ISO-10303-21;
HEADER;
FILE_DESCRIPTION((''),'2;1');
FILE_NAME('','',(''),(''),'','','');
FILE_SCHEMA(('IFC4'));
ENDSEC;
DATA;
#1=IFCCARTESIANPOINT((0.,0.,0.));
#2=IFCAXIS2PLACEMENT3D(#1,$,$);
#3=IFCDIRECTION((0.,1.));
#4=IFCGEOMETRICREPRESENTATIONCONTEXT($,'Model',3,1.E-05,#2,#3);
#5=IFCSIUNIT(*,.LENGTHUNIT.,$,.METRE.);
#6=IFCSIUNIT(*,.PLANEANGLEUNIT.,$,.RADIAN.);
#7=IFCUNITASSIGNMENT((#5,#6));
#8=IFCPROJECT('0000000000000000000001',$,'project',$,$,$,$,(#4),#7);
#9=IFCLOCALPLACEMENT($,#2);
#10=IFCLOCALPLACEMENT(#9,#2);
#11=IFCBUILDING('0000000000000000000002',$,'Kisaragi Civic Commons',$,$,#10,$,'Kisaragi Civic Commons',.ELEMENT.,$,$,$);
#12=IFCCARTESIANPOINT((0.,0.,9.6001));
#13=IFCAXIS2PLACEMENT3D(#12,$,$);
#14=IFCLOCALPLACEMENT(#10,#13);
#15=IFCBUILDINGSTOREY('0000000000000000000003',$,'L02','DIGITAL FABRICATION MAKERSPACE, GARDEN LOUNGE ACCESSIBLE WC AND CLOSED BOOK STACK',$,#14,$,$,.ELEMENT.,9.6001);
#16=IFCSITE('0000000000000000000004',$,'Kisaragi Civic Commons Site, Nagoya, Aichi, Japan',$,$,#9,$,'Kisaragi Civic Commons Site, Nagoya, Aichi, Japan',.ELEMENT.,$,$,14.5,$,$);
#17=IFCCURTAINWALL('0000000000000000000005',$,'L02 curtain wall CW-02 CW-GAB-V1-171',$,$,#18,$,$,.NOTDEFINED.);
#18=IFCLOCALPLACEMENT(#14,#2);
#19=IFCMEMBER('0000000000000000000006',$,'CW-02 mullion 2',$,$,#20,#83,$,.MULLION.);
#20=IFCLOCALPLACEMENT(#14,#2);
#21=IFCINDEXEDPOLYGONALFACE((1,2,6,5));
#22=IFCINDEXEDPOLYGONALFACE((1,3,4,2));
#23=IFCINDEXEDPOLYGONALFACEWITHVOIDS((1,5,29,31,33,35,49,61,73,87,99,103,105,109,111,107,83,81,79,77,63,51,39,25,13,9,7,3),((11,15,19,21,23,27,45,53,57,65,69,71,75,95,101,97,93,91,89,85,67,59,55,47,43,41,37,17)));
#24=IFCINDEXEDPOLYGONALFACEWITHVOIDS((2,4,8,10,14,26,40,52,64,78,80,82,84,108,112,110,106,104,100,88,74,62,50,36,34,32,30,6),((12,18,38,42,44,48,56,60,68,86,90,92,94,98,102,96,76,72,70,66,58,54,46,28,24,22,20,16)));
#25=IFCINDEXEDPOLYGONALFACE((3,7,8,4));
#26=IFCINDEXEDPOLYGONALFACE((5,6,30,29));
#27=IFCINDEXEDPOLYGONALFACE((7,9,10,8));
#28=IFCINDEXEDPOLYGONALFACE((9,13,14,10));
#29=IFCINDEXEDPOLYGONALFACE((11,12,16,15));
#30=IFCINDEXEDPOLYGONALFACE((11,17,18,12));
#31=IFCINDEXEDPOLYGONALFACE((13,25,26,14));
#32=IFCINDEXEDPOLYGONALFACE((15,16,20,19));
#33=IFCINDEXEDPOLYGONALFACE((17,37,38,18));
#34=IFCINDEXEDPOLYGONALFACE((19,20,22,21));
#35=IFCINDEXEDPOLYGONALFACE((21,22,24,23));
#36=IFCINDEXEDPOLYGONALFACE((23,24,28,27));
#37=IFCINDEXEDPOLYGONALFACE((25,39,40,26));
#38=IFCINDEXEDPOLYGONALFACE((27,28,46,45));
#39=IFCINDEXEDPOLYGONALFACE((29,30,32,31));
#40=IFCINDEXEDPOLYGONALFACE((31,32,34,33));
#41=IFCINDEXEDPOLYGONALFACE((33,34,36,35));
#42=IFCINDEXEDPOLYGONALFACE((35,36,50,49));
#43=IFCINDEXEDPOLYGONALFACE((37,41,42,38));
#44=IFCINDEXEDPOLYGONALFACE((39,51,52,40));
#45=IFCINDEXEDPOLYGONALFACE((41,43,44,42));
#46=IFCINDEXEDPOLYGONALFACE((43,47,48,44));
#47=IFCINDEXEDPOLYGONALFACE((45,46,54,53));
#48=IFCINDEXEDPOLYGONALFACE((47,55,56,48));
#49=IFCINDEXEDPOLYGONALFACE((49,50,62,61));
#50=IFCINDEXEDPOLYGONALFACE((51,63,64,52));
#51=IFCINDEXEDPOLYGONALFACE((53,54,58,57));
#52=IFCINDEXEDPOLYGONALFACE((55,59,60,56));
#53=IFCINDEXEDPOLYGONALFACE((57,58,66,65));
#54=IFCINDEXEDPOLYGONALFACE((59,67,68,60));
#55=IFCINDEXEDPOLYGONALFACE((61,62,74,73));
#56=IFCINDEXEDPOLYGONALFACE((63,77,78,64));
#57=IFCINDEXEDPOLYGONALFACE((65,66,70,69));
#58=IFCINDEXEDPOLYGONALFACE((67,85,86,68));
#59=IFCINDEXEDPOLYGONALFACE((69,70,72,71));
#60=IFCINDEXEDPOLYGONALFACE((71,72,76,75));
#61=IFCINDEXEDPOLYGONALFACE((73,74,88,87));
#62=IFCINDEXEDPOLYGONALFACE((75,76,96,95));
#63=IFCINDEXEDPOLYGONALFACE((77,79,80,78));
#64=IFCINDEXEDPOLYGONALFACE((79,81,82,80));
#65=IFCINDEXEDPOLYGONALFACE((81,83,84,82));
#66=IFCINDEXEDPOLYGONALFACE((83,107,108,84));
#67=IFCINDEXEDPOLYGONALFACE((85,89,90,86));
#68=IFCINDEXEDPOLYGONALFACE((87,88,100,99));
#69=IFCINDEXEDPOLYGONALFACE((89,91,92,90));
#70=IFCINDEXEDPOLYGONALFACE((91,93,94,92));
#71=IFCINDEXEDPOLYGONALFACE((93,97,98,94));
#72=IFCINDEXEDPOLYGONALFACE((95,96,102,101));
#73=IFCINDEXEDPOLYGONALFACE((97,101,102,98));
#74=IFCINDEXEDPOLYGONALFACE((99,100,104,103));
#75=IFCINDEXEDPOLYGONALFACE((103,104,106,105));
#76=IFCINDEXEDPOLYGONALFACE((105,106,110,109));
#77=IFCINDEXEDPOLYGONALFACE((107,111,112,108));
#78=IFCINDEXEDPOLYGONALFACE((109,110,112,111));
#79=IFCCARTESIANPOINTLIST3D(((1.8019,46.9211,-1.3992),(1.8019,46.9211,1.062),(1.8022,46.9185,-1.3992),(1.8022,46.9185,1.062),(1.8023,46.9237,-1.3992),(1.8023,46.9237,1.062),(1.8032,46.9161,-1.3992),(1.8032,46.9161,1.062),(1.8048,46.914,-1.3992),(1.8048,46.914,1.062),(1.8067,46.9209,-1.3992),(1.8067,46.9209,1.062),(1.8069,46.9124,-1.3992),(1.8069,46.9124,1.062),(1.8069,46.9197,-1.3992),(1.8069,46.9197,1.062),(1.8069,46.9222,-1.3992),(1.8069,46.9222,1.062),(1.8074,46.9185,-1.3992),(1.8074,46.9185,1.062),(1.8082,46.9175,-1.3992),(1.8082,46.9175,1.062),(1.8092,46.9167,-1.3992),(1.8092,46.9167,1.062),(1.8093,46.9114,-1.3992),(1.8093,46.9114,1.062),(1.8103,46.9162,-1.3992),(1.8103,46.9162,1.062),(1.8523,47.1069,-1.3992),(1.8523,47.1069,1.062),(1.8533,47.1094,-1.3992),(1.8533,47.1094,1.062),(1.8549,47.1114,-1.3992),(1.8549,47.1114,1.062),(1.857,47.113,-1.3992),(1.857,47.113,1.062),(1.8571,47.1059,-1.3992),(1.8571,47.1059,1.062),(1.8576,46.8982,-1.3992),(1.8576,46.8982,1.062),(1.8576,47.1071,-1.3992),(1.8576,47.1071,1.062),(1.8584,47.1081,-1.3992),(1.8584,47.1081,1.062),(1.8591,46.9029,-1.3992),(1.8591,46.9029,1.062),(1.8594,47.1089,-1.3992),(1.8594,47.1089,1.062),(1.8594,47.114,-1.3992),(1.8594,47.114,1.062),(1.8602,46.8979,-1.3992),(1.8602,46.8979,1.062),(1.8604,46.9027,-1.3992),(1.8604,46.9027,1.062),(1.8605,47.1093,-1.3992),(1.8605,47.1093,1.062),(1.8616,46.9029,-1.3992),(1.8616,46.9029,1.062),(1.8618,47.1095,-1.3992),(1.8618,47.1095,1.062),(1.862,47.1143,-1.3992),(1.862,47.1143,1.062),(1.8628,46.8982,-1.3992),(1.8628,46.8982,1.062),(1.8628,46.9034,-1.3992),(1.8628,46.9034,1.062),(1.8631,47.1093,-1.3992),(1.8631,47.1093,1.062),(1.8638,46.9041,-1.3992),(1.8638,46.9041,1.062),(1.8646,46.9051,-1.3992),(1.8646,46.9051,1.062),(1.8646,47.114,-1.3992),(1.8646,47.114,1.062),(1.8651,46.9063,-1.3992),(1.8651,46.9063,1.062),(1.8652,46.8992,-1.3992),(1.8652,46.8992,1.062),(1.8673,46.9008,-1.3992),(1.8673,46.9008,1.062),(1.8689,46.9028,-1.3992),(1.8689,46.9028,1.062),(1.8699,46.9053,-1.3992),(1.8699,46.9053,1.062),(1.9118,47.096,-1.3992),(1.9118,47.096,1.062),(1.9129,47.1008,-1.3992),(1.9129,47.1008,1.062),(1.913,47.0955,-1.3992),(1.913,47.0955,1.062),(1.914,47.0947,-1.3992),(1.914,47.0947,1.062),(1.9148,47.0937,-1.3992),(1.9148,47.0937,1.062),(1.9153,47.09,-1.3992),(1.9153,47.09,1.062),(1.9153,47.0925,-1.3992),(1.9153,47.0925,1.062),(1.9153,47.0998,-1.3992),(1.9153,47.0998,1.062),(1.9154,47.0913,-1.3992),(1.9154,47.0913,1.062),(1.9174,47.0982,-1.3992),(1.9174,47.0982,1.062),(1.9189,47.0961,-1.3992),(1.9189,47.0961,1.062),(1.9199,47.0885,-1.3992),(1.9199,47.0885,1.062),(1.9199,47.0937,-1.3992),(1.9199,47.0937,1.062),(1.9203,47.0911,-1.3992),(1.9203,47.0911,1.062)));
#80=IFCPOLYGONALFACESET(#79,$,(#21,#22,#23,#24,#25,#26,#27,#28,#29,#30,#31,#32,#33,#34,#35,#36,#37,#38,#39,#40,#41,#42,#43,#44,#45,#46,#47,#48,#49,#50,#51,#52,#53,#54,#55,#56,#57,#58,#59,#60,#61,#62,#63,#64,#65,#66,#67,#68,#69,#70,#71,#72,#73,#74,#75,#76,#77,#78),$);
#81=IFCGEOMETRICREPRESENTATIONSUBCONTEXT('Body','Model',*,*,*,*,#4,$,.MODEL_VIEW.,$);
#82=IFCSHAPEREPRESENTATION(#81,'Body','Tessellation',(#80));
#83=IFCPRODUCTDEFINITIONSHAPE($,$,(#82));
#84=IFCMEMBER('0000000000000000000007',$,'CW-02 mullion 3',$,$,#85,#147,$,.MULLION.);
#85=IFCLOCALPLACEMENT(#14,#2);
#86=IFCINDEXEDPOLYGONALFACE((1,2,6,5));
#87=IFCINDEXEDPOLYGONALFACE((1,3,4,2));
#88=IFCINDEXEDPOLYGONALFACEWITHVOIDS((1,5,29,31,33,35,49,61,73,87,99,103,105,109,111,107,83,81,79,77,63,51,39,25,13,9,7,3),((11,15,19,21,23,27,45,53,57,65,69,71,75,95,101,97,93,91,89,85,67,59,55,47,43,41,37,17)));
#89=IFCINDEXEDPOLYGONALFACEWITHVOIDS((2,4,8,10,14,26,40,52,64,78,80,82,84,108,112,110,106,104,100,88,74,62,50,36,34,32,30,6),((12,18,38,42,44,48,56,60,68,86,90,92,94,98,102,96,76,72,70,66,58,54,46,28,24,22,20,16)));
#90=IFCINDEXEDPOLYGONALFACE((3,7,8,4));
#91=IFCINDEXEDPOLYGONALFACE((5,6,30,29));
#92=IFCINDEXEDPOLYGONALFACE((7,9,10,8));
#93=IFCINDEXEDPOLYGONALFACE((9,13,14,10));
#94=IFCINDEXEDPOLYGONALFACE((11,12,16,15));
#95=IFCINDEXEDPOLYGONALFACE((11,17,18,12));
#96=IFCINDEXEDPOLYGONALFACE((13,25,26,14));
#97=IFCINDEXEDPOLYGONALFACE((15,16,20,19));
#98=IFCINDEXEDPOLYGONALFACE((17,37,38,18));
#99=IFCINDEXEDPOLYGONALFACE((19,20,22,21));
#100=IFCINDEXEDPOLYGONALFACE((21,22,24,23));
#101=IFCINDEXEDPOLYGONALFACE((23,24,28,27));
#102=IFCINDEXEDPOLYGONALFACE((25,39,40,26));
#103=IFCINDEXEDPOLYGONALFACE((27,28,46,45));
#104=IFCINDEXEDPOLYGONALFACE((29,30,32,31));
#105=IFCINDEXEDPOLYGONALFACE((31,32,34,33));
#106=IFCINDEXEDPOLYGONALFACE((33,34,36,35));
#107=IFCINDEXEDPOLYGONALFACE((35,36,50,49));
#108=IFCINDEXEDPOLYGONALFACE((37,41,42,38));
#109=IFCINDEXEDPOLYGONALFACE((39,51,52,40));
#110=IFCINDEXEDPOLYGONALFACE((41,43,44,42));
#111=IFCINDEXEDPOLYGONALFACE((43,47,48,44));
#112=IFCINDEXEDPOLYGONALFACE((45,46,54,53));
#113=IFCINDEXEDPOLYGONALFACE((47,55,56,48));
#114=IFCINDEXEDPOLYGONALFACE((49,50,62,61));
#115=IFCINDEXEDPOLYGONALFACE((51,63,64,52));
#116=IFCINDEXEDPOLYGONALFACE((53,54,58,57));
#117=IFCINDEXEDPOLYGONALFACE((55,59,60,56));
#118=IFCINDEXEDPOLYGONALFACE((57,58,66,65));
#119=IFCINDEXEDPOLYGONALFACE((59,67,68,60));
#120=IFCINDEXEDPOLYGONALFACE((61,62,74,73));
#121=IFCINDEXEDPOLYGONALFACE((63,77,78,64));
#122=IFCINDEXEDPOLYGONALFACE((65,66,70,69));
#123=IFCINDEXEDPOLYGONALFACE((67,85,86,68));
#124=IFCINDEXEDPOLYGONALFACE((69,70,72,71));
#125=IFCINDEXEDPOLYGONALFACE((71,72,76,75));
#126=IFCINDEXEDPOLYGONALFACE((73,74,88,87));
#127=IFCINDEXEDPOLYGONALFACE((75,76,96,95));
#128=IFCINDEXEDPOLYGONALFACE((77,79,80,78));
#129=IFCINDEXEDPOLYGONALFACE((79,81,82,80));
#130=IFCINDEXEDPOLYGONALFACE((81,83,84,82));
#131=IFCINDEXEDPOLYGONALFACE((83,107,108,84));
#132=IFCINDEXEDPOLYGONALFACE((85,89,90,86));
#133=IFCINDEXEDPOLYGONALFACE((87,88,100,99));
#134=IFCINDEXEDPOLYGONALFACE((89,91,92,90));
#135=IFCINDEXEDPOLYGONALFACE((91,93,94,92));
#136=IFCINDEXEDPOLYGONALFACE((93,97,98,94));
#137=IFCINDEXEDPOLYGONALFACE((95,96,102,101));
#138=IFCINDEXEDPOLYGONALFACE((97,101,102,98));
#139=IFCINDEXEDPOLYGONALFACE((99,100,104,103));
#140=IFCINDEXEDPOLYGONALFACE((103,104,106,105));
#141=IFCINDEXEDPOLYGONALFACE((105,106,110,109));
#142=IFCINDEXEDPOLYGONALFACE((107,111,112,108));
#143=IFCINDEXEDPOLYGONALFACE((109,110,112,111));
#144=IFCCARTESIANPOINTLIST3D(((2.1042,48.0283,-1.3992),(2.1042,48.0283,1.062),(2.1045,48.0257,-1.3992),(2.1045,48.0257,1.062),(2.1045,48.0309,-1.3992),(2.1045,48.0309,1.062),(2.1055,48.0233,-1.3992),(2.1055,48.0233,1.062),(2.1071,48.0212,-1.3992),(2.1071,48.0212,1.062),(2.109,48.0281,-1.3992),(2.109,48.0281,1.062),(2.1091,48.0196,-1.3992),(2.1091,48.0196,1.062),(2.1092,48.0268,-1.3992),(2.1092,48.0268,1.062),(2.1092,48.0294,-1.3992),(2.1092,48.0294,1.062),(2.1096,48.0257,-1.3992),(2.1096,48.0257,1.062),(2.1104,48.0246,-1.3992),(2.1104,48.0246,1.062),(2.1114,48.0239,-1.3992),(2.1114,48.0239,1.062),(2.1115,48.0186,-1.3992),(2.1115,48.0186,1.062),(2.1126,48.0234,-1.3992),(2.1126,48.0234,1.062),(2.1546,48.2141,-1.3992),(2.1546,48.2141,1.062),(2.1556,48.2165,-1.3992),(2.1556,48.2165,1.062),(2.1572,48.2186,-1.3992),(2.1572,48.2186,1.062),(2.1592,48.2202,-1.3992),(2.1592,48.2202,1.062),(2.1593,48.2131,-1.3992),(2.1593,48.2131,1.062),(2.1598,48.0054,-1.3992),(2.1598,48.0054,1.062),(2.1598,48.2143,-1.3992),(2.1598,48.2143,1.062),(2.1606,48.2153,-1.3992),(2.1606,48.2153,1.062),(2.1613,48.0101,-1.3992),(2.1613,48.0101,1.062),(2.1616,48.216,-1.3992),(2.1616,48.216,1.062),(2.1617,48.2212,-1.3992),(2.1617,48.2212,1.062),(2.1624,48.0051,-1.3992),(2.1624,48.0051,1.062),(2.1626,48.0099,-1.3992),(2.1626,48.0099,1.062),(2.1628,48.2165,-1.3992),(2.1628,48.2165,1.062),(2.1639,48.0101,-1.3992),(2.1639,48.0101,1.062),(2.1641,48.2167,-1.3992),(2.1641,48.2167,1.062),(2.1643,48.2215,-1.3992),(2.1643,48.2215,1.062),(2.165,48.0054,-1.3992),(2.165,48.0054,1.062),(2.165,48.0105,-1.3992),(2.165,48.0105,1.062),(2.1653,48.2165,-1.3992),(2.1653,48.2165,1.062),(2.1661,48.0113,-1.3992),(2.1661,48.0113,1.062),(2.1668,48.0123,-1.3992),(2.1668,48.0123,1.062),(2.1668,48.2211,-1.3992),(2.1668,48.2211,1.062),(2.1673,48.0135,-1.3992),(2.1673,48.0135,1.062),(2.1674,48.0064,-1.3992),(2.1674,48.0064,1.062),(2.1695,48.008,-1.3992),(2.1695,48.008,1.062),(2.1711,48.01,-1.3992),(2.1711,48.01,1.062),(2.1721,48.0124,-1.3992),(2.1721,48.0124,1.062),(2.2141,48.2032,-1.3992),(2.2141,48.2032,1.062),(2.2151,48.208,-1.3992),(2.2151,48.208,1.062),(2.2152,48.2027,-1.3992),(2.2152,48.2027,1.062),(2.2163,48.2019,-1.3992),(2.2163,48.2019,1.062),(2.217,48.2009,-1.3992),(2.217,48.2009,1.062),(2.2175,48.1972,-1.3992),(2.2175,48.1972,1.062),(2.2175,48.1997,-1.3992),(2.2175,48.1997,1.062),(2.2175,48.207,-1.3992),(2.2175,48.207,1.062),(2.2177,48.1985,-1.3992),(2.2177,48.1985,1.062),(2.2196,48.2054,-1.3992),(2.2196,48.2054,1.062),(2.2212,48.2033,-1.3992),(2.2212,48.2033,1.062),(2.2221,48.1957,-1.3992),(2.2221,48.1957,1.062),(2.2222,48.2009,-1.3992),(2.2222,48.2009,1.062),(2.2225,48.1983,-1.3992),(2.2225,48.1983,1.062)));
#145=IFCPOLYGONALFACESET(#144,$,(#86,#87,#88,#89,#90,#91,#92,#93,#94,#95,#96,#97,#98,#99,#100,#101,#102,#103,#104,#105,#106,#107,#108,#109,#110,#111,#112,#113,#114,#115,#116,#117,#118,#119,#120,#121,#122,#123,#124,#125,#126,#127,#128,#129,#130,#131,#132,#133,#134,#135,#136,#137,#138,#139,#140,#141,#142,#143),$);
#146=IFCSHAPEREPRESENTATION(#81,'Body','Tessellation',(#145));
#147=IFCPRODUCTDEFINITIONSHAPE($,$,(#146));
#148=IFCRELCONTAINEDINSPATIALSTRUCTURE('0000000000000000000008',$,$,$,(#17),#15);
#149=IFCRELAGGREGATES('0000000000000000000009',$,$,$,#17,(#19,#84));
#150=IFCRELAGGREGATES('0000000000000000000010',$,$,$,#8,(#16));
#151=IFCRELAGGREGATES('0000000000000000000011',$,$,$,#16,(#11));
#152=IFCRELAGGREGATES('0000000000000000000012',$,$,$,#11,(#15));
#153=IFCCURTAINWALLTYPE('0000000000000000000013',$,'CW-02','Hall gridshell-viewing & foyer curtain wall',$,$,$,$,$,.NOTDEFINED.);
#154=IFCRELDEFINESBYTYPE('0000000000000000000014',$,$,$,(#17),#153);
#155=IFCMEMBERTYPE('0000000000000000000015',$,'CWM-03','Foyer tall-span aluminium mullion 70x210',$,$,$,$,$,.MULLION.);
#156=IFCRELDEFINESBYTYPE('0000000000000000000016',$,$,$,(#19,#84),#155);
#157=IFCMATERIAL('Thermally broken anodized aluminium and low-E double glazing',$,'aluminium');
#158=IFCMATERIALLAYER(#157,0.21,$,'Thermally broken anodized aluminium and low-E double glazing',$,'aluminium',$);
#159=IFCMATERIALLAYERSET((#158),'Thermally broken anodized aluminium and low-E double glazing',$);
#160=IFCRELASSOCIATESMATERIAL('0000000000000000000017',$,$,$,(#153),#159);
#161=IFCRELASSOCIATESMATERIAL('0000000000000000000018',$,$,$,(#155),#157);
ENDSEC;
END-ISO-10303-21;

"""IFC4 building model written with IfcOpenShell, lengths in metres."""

from ifc_helpers import new_model, si_unit, direction, frame, origin, origin_2d, place, context, subcontext, project, spatial, hollow_rectangle, extrude, material, layer, layer_set, material_profile, profile_set, type_object, element, aggregate, save


model = new_model("IFC4")

# Units and contexts
model_context = context("Model", 3, precision=1e-05, world=origin(), true_north=direction((0.0, 1.0)))
body_context = subcontext(model_context, "Body", "Model", "MODEL_VIEW")
ifc_project = project(units=[si_unit("LENGTHUNIT", "METRE"), si_unit("PLANEANGLEUNIT", "RADIAN")], contexts=[model_context])

# Site, building, storey
site_placement = place(None, origin())
site = spatial("IfcSite", under=ifc_project, at=site_placement, Name="Kisaragi Civic Commons Site, Nagoya, Aichi, Japan", LongName="Kisaragi Civic Commons Site, Nagoya, Aichi, Japan", CompositionType="ELEMENT", RefElevation=14.5)
building_placement = place(site_placement, origin())
building = spatial("IfcBuilding", under=site, at=building_placement, Name="Kisaragi Civic Commons", LongName="Kisaragi Civic Commons", CompositionType="ELEMENT")
storey_placement = place(building_placement, frame((0.0, 0.0, 9.6001)))
storey = spatial("IfcBuildingStorey", under=building, at=storey_placement, Name="L02", Description="DIGITAL FABRICATION MAKERSPACE, GARDEN LOUNGE ACCESSIBLE WC AND CLOSED BOOK STACK", CompositionType="ELEMENT", Elevation=9.6001)

# Curtain wall, members
ifc_material_1 = material(Name="Thermally broken anodized aluminium and low-E double glazing", Category="aluminium")
ifc_layer_1 = layer(ifc_material_1, 0.21, Name="Thermally broken anodized aluminium and low-E double glazing", Category="aluminium")
ifc_layer_set_1 = layer_set([ifc_layer_1], Name="Thermally broken anodized aluminium and low-E double glazing")
curtain_wall_type = type_object("IfcCurtainWallType", Name="CW-02", Description="Hall gridshell-viewing & foyer curtain wall", PredefinedType="NOTDEFINED", material=ifc_layer_set_1)
curtain_wall_1_placement = place(storey_placement, origin())
curtain_wall_1 = element("IfcCurtainWall", 1, at=curtain_wall_1_placement, inside=storey, type_object=curtain_wall_type, Name="L02 curtain wall CW-02 CW-GAB-V1-171", PredefinedType="NOTDEFINED")
ifc_material_profile_1 = material_profile(ifc_material_1, hollow_rectangle(XDim=0.0701, YDim=0.21, WallThickness=0.0049, InnerFilletRadius=0.0049, OuterFilletRadius=0.01, at=origin_2d()), Name="CWM-70x210x5", Category="aluminium")
ifc_profile_set_1 = profile_set([ifc_material_profile_1], Name="Thermally broken anodized aluminium and low-E double glazing")
member_type_1 = type_object("IfcMemberType", Name="CWM-03", Description="Foyer tall-span aluminium mullion 70x210", PredefinedType="MULLION", material=ifc_profile_set_1)
member_1_placement = place(storey_placement, frame((1.8611, 47.0061, -1.3992), z_axis=(0.0, 0.0, 1.0), x_axis=(-0.964682, 0.263418, 0.0)))
member_1 = element("IfcMember", 2, at=member_1_placement, type_object=member_type_1, Name="CW-02 mullion 2", PredefinedType="MULLION", context=body_context, shape_type="SweptSolid", body=[
    extrude(hollow_rectangle(XDim=0.0701, YDim=0.21, WallThickness=0.0049, InnerFilletRadius=0.0049, OuterFilletRadius=0.01, at=origin_2d()), origin(), (0.0, 0.0, 1.0), 2.4612),
])
member_2_placement = place(storey_placement, frame((2.1633, 48.1133, -1.3992), z_axis=(0.0, 0.0, 1.0), x_axis=(-0.964682, 0.263418, 0.0)))
member_2 = element("IfcMember", 3, at=member_2_placement, type_object=member_type_1, Name="CW-02 mullion 3", PredefinedType="MULLION", context=body_context, shape_type="SweptSolid", body=[
    extrude(hollow_rectangle(XDim=0.0701, YDim=0.21, WallThickness=0.0049, InnerFilletRadius=0.0049, OuterFilletRadius=0.01, at=origin_2d()), origin(), (0.0, 0.0, 1.0), 2.4612),
])

aggregate(curtain_wall_1, [member_1, member_2])

save(model, "model.ifc")
